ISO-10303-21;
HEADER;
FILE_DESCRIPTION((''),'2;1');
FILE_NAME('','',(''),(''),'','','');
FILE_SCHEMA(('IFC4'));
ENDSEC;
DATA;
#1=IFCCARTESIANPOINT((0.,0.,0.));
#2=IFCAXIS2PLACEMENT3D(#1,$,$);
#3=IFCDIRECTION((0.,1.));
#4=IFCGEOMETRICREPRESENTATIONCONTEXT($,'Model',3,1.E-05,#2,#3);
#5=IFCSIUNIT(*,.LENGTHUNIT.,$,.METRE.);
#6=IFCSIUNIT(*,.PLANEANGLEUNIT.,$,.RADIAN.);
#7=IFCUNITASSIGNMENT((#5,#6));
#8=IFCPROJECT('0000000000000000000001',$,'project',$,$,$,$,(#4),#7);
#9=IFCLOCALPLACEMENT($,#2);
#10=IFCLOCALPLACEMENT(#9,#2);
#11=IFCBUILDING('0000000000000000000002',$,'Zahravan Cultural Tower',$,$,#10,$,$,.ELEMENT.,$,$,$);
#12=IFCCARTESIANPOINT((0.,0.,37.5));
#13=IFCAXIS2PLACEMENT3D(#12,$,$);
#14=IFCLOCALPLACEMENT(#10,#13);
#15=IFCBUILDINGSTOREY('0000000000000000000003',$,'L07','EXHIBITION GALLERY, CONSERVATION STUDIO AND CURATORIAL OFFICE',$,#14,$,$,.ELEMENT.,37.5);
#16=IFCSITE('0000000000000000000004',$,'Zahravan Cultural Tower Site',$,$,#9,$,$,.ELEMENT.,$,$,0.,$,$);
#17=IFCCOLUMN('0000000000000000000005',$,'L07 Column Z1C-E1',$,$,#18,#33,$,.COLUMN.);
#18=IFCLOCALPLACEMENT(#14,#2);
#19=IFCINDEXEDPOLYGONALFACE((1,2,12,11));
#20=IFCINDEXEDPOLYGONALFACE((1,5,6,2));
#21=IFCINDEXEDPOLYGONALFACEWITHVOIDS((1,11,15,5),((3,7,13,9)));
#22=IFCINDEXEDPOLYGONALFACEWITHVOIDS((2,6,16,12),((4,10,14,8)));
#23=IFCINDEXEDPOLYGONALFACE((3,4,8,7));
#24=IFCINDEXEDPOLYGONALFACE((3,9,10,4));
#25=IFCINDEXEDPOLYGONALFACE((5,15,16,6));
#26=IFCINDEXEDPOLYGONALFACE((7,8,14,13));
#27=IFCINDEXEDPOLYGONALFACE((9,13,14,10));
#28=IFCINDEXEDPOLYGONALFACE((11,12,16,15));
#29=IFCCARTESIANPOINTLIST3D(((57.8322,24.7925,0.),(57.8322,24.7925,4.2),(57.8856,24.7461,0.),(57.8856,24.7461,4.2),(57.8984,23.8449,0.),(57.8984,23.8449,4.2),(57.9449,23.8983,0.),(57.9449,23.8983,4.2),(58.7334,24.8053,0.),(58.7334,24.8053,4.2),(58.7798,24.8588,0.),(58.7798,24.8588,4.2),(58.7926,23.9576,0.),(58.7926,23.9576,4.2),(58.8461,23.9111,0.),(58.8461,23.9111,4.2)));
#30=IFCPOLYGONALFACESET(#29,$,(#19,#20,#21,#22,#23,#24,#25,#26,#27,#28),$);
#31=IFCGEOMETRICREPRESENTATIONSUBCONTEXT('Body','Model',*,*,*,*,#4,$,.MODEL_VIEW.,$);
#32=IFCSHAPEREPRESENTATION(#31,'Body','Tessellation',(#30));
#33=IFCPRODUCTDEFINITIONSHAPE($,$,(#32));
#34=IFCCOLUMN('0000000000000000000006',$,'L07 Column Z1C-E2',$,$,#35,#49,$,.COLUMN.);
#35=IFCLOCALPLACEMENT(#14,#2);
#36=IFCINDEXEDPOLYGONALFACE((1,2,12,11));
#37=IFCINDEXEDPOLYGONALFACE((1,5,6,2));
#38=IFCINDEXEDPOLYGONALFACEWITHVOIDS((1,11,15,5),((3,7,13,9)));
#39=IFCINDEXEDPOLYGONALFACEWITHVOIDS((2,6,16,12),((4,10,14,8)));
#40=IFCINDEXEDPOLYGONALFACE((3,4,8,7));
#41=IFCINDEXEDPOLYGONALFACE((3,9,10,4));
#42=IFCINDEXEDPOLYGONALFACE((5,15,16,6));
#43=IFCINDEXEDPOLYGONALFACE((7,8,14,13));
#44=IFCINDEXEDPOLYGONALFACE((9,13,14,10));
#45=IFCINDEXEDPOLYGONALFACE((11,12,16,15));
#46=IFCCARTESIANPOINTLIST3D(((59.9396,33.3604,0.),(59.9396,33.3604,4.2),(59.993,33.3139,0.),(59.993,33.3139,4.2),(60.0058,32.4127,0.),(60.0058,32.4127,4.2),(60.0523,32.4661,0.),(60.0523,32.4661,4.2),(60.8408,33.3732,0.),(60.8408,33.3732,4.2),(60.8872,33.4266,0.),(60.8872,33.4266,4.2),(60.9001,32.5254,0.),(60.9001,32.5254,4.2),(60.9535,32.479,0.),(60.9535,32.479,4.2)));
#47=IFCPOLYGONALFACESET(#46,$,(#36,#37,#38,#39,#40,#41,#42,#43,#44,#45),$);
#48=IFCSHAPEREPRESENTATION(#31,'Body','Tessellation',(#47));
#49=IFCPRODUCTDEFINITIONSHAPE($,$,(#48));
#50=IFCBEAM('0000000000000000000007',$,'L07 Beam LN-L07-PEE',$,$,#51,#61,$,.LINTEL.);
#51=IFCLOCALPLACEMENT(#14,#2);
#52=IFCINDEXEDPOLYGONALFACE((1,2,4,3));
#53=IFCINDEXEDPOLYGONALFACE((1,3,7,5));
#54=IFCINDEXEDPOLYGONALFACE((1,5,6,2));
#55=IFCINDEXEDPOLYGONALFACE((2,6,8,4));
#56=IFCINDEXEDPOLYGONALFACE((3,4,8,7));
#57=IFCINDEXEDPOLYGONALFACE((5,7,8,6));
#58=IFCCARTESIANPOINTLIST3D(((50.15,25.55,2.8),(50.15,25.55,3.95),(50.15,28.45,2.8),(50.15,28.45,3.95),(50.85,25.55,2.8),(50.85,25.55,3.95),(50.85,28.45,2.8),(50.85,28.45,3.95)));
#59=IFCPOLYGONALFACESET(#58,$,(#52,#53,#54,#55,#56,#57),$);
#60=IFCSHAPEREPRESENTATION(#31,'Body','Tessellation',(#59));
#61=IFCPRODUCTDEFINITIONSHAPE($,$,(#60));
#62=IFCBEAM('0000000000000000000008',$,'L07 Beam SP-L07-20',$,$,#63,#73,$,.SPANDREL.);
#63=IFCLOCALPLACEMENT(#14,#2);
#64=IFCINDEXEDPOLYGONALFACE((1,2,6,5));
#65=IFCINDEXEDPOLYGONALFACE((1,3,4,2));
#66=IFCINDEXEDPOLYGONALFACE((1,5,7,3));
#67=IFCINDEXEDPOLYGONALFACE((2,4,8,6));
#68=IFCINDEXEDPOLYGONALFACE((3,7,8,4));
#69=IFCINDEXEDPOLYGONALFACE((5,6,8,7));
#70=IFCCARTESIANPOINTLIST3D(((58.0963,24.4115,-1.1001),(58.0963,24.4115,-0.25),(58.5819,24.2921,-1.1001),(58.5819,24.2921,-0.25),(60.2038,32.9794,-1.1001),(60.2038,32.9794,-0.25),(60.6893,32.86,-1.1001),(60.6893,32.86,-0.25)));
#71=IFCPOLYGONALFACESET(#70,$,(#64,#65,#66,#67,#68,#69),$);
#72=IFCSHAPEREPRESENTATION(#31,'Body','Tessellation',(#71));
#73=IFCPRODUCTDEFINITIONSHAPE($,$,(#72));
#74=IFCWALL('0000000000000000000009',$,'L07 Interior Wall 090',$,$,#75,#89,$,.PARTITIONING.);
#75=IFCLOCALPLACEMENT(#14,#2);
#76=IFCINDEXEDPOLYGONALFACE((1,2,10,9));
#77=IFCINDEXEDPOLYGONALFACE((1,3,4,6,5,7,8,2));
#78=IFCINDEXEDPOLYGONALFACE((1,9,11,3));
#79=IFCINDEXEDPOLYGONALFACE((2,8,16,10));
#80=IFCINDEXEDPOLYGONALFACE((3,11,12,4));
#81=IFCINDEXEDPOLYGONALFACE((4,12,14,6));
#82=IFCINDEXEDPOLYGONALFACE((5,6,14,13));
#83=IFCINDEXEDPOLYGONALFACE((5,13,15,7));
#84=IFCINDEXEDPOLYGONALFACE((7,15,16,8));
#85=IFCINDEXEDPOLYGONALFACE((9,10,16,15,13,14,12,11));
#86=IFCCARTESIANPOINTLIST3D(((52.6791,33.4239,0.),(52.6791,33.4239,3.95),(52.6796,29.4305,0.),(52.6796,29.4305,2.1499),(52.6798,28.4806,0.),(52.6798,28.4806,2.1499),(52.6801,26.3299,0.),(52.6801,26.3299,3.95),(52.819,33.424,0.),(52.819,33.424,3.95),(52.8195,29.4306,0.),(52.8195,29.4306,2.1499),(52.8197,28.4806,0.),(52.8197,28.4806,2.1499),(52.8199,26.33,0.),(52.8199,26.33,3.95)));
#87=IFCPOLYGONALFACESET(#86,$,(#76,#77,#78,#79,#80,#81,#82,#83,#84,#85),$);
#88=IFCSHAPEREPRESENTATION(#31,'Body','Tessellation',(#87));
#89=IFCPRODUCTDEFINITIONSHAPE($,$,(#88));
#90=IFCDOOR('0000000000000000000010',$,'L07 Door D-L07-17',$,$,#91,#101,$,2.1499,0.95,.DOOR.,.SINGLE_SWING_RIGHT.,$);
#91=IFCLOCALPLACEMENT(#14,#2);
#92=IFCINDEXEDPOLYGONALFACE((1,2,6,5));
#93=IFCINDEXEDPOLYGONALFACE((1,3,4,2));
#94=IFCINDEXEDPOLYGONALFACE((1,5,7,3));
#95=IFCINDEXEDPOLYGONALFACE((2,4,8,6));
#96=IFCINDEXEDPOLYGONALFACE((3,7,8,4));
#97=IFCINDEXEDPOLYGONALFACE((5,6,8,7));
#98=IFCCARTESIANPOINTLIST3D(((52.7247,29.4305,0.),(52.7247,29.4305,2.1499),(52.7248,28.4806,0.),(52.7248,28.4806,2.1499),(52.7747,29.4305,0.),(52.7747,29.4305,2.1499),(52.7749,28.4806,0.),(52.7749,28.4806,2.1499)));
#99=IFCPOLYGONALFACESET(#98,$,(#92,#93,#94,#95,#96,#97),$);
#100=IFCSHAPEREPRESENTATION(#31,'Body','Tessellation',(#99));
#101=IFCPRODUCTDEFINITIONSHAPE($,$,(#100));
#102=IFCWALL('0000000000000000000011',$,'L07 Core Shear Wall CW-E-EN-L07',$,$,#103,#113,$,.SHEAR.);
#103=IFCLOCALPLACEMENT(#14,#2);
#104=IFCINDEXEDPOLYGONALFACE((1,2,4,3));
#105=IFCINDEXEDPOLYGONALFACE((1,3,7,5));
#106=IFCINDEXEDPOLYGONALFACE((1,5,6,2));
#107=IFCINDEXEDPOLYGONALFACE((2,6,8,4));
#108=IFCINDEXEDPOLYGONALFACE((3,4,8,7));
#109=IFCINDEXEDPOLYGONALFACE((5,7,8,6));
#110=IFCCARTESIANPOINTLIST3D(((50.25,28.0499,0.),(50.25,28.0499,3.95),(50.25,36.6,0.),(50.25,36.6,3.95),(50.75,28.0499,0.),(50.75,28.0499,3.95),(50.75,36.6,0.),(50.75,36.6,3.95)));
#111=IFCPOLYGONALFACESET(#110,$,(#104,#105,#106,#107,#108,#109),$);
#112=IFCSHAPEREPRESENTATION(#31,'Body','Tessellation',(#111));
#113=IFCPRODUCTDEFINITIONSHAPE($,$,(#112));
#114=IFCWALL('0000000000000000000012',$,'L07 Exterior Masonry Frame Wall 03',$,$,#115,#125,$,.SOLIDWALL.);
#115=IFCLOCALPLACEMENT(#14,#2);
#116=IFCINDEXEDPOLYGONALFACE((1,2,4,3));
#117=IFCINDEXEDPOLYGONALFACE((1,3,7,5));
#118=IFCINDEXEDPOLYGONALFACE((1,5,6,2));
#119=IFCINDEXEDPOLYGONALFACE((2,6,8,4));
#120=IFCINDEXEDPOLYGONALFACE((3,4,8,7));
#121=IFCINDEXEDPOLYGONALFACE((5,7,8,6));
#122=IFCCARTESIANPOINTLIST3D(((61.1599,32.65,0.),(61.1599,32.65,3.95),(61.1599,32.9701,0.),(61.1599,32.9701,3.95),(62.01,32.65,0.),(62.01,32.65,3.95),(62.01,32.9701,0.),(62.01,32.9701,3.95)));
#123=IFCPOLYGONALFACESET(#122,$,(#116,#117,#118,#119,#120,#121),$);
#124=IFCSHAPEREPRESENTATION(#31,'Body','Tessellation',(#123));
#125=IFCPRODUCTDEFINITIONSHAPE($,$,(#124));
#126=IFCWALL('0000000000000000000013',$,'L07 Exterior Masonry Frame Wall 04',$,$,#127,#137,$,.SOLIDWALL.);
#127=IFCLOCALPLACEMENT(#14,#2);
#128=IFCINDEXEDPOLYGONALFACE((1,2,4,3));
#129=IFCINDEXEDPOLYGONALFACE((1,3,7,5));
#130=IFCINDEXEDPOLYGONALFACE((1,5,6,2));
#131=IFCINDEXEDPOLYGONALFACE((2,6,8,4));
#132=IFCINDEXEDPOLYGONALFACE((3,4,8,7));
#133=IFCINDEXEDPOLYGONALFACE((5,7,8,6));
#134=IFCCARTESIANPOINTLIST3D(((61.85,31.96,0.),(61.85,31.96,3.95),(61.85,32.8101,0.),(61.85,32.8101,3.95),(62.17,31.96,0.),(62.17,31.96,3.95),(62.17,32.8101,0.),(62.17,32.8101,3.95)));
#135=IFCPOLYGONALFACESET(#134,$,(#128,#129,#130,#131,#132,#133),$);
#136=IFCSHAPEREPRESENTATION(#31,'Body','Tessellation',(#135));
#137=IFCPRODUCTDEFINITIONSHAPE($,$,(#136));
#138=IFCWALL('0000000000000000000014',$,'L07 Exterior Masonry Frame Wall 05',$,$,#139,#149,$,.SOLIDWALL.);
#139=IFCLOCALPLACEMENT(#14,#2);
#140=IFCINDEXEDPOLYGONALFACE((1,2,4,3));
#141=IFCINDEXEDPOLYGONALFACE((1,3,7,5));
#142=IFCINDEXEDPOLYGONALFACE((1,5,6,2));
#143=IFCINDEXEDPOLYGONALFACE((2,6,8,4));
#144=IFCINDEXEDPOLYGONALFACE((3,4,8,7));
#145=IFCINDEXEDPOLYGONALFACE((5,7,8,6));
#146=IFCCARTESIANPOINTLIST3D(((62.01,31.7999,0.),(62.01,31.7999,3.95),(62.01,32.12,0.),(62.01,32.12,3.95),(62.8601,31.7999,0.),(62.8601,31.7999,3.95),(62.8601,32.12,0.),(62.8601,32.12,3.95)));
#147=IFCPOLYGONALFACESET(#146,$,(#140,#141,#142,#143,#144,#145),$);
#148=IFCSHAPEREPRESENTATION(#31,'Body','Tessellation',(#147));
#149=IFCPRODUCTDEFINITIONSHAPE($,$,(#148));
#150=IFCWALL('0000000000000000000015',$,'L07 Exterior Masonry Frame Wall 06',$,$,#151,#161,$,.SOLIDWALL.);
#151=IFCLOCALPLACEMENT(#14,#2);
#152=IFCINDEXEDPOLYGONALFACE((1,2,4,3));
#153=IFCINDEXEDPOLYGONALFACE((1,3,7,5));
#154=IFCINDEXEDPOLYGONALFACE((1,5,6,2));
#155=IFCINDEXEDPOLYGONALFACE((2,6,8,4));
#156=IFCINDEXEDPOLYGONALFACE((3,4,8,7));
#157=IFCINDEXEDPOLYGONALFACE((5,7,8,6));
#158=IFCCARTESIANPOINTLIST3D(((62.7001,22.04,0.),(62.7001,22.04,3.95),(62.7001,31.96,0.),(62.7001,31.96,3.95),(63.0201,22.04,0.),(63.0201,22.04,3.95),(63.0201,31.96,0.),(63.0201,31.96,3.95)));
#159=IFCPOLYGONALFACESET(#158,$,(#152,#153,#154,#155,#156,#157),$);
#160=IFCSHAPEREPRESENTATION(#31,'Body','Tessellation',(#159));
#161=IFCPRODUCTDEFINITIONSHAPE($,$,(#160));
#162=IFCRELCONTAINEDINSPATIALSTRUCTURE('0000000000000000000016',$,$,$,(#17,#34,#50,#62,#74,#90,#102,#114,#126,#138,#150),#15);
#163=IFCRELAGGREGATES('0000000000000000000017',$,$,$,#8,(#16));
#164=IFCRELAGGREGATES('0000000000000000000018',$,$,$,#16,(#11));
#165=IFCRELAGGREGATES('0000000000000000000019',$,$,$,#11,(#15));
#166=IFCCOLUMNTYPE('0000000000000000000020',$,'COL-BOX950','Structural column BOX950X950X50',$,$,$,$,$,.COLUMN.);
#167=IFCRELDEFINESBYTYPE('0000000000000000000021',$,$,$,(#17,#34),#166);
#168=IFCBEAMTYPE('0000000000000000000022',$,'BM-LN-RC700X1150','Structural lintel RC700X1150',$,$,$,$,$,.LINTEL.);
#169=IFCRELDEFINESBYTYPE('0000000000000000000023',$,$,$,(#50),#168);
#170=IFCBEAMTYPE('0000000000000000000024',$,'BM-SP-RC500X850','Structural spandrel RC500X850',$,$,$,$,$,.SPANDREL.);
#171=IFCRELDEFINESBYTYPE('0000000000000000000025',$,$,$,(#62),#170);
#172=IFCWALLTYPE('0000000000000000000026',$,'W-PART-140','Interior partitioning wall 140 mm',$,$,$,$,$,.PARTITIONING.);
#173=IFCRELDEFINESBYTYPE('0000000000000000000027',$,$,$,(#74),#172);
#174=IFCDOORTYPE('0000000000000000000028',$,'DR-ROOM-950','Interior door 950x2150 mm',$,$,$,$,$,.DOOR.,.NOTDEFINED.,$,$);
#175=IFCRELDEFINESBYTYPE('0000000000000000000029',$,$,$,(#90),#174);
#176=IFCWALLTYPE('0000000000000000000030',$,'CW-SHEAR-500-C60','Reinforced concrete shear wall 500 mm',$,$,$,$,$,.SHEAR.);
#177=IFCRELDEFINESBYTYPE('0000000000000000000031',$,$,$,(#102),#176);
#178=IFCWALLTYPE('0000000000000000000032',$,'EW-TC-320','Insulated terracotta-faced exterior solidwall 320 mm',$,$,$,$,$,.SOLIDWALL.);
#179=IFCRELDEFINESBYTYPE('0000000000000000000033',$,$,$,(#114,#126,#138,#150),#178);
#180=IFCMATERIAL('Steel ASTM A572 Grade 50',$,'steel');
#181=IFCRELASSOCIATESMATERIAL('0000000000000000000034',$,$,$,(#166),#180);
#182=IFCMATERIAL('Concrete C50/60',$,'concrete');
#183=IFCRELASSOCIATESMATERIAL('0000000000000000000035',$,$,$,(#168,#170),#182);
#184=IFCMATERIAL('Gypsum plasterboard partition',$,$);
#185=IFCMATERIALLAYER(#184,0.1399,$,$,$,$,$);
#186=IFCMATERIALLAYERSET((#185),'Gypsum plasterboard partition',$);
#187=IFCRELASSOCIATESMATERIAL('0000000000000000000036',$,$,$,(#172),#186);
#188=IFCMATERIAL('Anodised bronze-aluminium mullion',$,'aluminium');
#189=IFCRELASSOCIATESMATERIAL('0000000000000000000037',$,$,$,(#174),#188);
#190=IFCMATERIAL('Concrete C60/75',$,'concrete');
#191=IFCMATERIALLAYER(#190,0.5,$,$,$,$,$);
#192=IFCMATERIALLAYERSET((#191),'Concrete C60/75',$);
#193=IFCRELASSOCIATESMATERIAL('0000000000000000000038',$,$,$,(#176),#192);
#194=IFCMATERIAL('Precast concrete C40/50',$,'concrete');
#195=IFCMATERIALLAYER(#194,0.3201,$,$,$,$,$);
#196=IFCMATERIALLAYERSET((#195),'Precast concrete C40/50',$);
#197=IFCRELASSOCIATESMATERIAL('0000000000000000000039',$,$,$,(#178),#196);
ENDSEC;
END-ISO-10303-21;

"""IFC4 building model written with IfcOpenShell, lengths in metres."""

from ifc_helpers import new_model, si_unit, direction, frame, frame_2d, origin, origin_2d, place, context, subcontext, project, spatial, rectangle, hollow_rectangle, extrude, source, transform, mapped, material, layer, layer_set, material_profile, profile_set, type_object, element, fill, save


model = new_model("IFC4")

# Units and contexts
model_context = context("Model", 3, precision=1e-05, world=origin(), true_north=direction((0.0, 1.0)))
body_context = subcontext(model_context, "Body", "Model", "MODEL_VIEW")
ifc_project = project(units=[si_unit("LENGTHUNIT", "METRE"), si_unit("PLANEANGLEUNIT", "RADIAN")], contexts=[model_context])

# Site, building, storey
site_placement = place(None, origin())
site = spatial("IfcSite", under=ifc_project, at=site_placement, Name="Zahravan Cultural Tower Site", CompositionType="ELEMENT", RefElevation=0.0)
building_placement = place(site_placement, origin())
building = spatial("IfcBuilding", under=site, at=building_placement, Name="Zahravan Cultural Tower", CompositionType="ELEMENT")
storey_placement = place(building_placement, frame((0.0, 0.0, 37.5)))
storey = spatial("IfcBuildingStorey", under=building, at=storey_placement, Name="L07", Description="EXHIBITION GALLERY, CONSERVATION STUDIO AND CURATORIAL OFFICE", CompositionType="ELEMENT", Elevation=37.5)

# Columns
ifc_material_1 = material(Name="Steel ASTM A572 Grade 50", Category="steel")
ifc_material_profile_1 = material_profile(ifc_material_1, hollow_rectangle(XDim=0.95, YDim=0.95, WallThickness=0.05, at=origin_2d()), Name="BOX950X950X50")
ifc_profile_set_1 = profile_set([ifc_material_profile_1], Name="Steel ASTM A572 Grade 50")
column_type = type_object("IfcColumnType", Name="COL-BOX950", Description="Structural column BOX950X950X50", PredefinedType="COLUMN", material=ifc_profile_set_1)
shared_shape_1 = source(origin(), body_context, "Body", "SweptSolid", [
    extrude(hollow_rectangle(XDim=0.95, YDim=0.95, WallThickness=0.05, at=origin_2d()), origin(), (0.0, 0.0, 1.0), 4.2),
])
for number, where, z_axis, x_axis, name in (
    (1, (58.3391, 24.3518, 0.0), (0.0, 0.0, 1.0), (0.997564, 0.069756, 0.0), "L07 Column Z1C-E1"),
    (2, (60.4465, 32.9197, 0.0), (0.0, 0.0, 1.0), (0.997564, 0.069756, 0.0), "L07 Column Z1C-E2"),
):
    element("IfcColumn", number, at=place(storey_placement, frame(where, z_axis=z_axis, x_axis=x_axis)), inside=storey, type_object=column_type, Name=name, PredefinedType="COLUMN", context=body_context, shape_type="MappedRepresentation", body=[
        mapped(shared_shape_1, transform((0.0, 0.0, 0.0), x_axis=(1.0, 0.0, 0.0), y_axis=(0.0, 1.0, 0.0), z_axis=(0.0, 0.0, 1.0), scale=1.0)),
    ])

# Beams
ifc_material_2 = material(Name="Concrete C50/60", Category="concrete")
ifc_material_profile_2 = material_profile(ifc_material_2, rectangle(XDim=0.7, YDim=1.1499, at=origin_2d()), Name="RC700X1150")
ifc_profile_set_2 = profile_set([ifc_material_profile_2], Name="Concrete C50/60")
beam_type_1 = type_object("IfcBeamType", Name="BM-LN-RC700X1150", Description="Structural lintel RC700X1150", PredefinedType="LINTEL", material=ifc_profile_set_2)
shared_shape_2 = source(origin(), body_context, "Body", "SweptSolid", [
    extrude(rectangle(XDim=0.7, YDim=1.1499, at=origin_2d()), origin(), (0.0, 0.0, 1.0), 2.8999),
])
beam_1_placement = place(storey_placement, frame((50.5, 25.55, 3.375), z_axis=(0.0, 1.0, 0.0), x_axis=(-1.0, 0.0, 0.0)))
element("IfcBeam", 3, at=beam_1_placement, inside=storey, type_object=beam_type_1, Name="L07 Beam LN-L07-PEE", PredefinedType="LINTEL", context=body_context, shape_type="MappedRepresentation", body=[
    mapped(shared_shape_2, transform((0.0, 0.0, 0.0), x_axis=(1.0, 0.0, 0.0), y_axis=(0.0, 1.0, 0.0), z_axis=(0.0, 0.0, 1.0), scale=1.0)),
])
ifc_material_profile_3 = material_profile(ifc_material_2, rectangle(XDim=0.5, YDim=0.8501, at=origin_2d()), Name="RC500X850")
ifc_profile_set_3 = profile_set([ifc_material_profile_3], Name="Concrete C50/60")
beam_type_2 = type_object("IfcBeamType", Name="BM-SP-RC500X850", Description="Structural spandrel RC500X850", PredefinedType="SPANDREL", material=ifc_profile_set_3)
shared_shape_3 = source(origin(), body_context, "Body", "SweptSolid", [
    extrude(rectangle(XDim=0.5, YDim=0.8501, at=origin_2d()), origin(), (0.0, 0.0, 1.0), 8.8232),
])
beam_2_placement = place(storey_placement, frame((58.3391, 24.3518, -0.675), z_axis=(0.238849, 0.971057, 0.0), x_axis=(-0.971057, 0.238849, 0.0)))
element("IfcBeam", 4, at=beam_2_placement, inside=storey, type_object=beam_type_2, Name="L07 Beam SP-L07-20", PredefinedType="SPANDREL", context=body_context, shape_type="MappedRepresentation", body=[
    mapped(shared_shape_3, transform((0.0, 0.0, 0.0), x_axis=(1.0, 0.0, 0.0), y_axis=(0.0, 1.0, 0.0), z_axis=(0.0, 0.0, 1.0), scale=1.0)),
])

# Wall, opening, door
ifc_material_3 = material(Name="Gypsum plasterboard partition")
ifc_layer_1 = layer(ifc_material_3, 0.1399)
ifc_layer_set_1 = layer_set([ifc_layer_1], Name="Gypsum plasterboard partition")
wall_type_1 = type_object("IfcWallType", Name="W-PART-140", Description="Interior partitioning wall 140 mm", PredefinedType="PARTITIONING", material=ifc_layer_set_1)
wall_1_placement = place(storey_placement, frame((52.75, 26.3301, 0.0), z_axis=(0.0, 0.0, 1.0), x_axis=(-0.000138, 1.0, 0.0)))
wall_1 = element("IfcWall", 5, at=wall_1_placement, inside=storey, type_object=wall_type_1, Name="L07 Interior Wall 090", PredefinedType="PARTITIONING", context=body_context, shape_type="SweptSolid", body=[
    extrude(rectangle(XDim=7.094, YDim=0.1399, at=frame_2d((3.5469, 0.0))), origin(), (0.0, 0.0, 1.0), 3.95),
])
opening_placement = place(wall_1_placement, frame((2.1504, 0.0, 0.0)))
opening = element("IfcOpeningElement", 6, at=opening_placement, cuts=wall_1, PredefinedType="OPENING", context=body_context, shape_type="SweptSolid", body=[
    extrude(rectangle(XDim=0.95, YDim=2.1499, at=frame_2d((0.4751, 1.075))), frame((0.0, 0.0798, 0.0), z_axis=(0.0, -1.0, 0.0), x_axis=(1.0, 0.0, 0.0)), (0.0, 0.0, 1.0), 0.1599),
])
ifc_material_4 = material(Name="Anodised bronze-aluminium mullion", Category="aluminium")
door_type = type_object("IfcDoorType", Name="DR-ROOM-950", Description="Interior door 950x2150 mm", OperationType="NOTDEFINED", PredefinedType="DOOR", material=ifc_material_4)
shared_shape_4 = source(origin(), body_context, "Body", "SweptSolid", [
    extrude(rectangle(XDim=0.95, YDim=2.1499, at=frame_2d((0.4751, 1.075))), frame((0.0, 0.0249, 0.0), z_axis=(0.0, -1.0, 0.0), x_axis=(1.0, 0.0, 0.0)), (0.0, 0.0, 1.0), 0.05),
])
door_placement = place(opening_placement, origin())
door = element("IfcDoor", 7, at=door_placement, inside=storey, type_object=door_type, Name="L07 Door D-L07-17", OperationType="SINGLE_SWING_RIGHT", OverallHeight=2.1499, OverallWidth=0.95, PredefinedType="DOOR", context=body_context, shape_type="MappedRepresentation", body=[
    mapped(shared_shape_4, transform((0.0, 0.0, 0.0), x_axis=(1.0, 0.0, 0.0), y_axis=(0.0, 1.0, 0.0), z_axis=(0.0, 0.0, 1.0), scale=1.0)),
])
fill(opening, door)

# Walls
ifc_material_5 = material(Name="Concrete C60/75", Category="concrete")
ifc_layer_2 = layer(ifc_material_5, 0.5)
ifc_layer_set_2 = layer_set([ifc_layer_2], Name="Concrete C60/75")
wall_type_2 = type_object("IfcWallType", Name="CW-SHEAR-500-C60", Description="Reinforced concrete shear wall 500 mm", PredefinedType="SHEAR", material=ifc_layer_set_2)
shared_shape_5 = source(origin(), body_context, "Body", "SweptSolid", [
    extrude(rectangle(XDim=8.55, YDim=0.5, at=frame_2d((4.2749, 0.0))), origin(), (0.0, 0.0, 1.0), 3.95),
])
wall_2_placement = place(storey_placement, frame((50.5, 28.05, 0.0), z_axis=(0.0, 0.0, 1.0), x_axis=(0.0, 1.0, 0.0)))
element("IfcWall", 8, at=wall_2_placement, inside=storey, type_object=wall_type_2, Name="L07 Core Shear Wall CW-E-EN-L07", PredefinedType="SHEAR", context=body_context, shape_type="MappedRepresentation", body=[
    mapped(shared_shape_5, transform((0.0, 0.0, 0.0), x_axis=(1.0, 0.0, 0.0), y_axis=(0.0, 1.0, 0.0), z_axis=(0.0, 0.0, 1.0), scale=1.0)),
])
ifc_material_6 = material(Name="Precast concrete C40/50", Category="concrete")
ifc_layer_3 = layer(ifc_material_6, 0.3201)
ifc_layer_set_3 = layer_set([ifc_layer_3], Name="Precast concrete C40/50")
wall_type_3 = type_object("IfcWallType", Name="EW-TC-320", Description="Insulated terracotta-faced exterior solidwall 320 mm", PredefinedType="SOLIDWALL", material=ifc_layer_set_3)
shared_shape_6 = source(origin(), body_context, "Body", "SweptSolid", [
    extrude(rectangle(XDim=0.8501, YDim=0.3201, at=frame_2d((0.425, 0.0))), origin(), (0.0, 0.0, 1.0), 3.95),
])
for number, where, z_axis, x_axis, name in (
    (9, (61.1599, 32.8101, 0.0), (0.0, 0.0, 1.0), (1.0, 0.0, 0.0), "L07 Exterior Masonry Frame Wall 03"),
    (10, (62.01, 32.8101, 0.0), (0.0, 0.0, 1.0), (0.0, -1.0, 0.0), "L07 Exterior Masonry Frame Wall 04"),
    (11, (62.01, 31.96, 0.0), (0.0, 0.0, 1.0), (1.0, 0.0, 0.0), "L07 Exterior Masonry Frame Wall 05"),
):
    element("IfcWall", number, at=place(storey_placement, frame(where, z_axis=z_axis, x_axis=x_axis)), inside=storey, type_object=wall_type_3, Name=name, PredefinedType="SOLIDWALL", context=body_context, shape_type="MappedRepresentation", body=[
        mapped(shared_shape_6, transform((0.0, 0.0, 0.0), x_axis=(1.0, 0.0, 0.0), y_axis=(0.0, 1.0, 0.0), z_axis=(0.0, 0.0, 1.0), scale=1.0)),
    ])
shared_shape_7 = source(origin(), body_context, "Body", "SweptSolid", [
    extrude(rectangle(XDim=9.9199, YDim=0.3201, at=frame_2d((4.96, 0.0))), origin(), (0.0, 0.0, 1.0), 3.95),
])
wall_3_placement = place(storey_placement, frame((62.8601, 31.96, 0.0), z_axis=(0.0, 0.0, 1.0), x_axis=(0.0, -1.0, 0.0)))
element("IfcWall", 12, at=wall_3_placement, inside=storey, type_object=wall_type_3, Name="L07 Exterior Masonry Frame Wall 06", PredefinedType="SOLIDWALL", context=body_context, shape_type="MappedRepresentation", body=[
    mapped(shared_shape_7, transform((0.0, 0.0, 0.0), x_axis=(1.0, 0.0, 0.0), y_axis=(0.0, 1.0, 0.0), z_axis=(0.0, 0.0, 1.0), scale=1.0)),
])

save(model, "model.ifc")
